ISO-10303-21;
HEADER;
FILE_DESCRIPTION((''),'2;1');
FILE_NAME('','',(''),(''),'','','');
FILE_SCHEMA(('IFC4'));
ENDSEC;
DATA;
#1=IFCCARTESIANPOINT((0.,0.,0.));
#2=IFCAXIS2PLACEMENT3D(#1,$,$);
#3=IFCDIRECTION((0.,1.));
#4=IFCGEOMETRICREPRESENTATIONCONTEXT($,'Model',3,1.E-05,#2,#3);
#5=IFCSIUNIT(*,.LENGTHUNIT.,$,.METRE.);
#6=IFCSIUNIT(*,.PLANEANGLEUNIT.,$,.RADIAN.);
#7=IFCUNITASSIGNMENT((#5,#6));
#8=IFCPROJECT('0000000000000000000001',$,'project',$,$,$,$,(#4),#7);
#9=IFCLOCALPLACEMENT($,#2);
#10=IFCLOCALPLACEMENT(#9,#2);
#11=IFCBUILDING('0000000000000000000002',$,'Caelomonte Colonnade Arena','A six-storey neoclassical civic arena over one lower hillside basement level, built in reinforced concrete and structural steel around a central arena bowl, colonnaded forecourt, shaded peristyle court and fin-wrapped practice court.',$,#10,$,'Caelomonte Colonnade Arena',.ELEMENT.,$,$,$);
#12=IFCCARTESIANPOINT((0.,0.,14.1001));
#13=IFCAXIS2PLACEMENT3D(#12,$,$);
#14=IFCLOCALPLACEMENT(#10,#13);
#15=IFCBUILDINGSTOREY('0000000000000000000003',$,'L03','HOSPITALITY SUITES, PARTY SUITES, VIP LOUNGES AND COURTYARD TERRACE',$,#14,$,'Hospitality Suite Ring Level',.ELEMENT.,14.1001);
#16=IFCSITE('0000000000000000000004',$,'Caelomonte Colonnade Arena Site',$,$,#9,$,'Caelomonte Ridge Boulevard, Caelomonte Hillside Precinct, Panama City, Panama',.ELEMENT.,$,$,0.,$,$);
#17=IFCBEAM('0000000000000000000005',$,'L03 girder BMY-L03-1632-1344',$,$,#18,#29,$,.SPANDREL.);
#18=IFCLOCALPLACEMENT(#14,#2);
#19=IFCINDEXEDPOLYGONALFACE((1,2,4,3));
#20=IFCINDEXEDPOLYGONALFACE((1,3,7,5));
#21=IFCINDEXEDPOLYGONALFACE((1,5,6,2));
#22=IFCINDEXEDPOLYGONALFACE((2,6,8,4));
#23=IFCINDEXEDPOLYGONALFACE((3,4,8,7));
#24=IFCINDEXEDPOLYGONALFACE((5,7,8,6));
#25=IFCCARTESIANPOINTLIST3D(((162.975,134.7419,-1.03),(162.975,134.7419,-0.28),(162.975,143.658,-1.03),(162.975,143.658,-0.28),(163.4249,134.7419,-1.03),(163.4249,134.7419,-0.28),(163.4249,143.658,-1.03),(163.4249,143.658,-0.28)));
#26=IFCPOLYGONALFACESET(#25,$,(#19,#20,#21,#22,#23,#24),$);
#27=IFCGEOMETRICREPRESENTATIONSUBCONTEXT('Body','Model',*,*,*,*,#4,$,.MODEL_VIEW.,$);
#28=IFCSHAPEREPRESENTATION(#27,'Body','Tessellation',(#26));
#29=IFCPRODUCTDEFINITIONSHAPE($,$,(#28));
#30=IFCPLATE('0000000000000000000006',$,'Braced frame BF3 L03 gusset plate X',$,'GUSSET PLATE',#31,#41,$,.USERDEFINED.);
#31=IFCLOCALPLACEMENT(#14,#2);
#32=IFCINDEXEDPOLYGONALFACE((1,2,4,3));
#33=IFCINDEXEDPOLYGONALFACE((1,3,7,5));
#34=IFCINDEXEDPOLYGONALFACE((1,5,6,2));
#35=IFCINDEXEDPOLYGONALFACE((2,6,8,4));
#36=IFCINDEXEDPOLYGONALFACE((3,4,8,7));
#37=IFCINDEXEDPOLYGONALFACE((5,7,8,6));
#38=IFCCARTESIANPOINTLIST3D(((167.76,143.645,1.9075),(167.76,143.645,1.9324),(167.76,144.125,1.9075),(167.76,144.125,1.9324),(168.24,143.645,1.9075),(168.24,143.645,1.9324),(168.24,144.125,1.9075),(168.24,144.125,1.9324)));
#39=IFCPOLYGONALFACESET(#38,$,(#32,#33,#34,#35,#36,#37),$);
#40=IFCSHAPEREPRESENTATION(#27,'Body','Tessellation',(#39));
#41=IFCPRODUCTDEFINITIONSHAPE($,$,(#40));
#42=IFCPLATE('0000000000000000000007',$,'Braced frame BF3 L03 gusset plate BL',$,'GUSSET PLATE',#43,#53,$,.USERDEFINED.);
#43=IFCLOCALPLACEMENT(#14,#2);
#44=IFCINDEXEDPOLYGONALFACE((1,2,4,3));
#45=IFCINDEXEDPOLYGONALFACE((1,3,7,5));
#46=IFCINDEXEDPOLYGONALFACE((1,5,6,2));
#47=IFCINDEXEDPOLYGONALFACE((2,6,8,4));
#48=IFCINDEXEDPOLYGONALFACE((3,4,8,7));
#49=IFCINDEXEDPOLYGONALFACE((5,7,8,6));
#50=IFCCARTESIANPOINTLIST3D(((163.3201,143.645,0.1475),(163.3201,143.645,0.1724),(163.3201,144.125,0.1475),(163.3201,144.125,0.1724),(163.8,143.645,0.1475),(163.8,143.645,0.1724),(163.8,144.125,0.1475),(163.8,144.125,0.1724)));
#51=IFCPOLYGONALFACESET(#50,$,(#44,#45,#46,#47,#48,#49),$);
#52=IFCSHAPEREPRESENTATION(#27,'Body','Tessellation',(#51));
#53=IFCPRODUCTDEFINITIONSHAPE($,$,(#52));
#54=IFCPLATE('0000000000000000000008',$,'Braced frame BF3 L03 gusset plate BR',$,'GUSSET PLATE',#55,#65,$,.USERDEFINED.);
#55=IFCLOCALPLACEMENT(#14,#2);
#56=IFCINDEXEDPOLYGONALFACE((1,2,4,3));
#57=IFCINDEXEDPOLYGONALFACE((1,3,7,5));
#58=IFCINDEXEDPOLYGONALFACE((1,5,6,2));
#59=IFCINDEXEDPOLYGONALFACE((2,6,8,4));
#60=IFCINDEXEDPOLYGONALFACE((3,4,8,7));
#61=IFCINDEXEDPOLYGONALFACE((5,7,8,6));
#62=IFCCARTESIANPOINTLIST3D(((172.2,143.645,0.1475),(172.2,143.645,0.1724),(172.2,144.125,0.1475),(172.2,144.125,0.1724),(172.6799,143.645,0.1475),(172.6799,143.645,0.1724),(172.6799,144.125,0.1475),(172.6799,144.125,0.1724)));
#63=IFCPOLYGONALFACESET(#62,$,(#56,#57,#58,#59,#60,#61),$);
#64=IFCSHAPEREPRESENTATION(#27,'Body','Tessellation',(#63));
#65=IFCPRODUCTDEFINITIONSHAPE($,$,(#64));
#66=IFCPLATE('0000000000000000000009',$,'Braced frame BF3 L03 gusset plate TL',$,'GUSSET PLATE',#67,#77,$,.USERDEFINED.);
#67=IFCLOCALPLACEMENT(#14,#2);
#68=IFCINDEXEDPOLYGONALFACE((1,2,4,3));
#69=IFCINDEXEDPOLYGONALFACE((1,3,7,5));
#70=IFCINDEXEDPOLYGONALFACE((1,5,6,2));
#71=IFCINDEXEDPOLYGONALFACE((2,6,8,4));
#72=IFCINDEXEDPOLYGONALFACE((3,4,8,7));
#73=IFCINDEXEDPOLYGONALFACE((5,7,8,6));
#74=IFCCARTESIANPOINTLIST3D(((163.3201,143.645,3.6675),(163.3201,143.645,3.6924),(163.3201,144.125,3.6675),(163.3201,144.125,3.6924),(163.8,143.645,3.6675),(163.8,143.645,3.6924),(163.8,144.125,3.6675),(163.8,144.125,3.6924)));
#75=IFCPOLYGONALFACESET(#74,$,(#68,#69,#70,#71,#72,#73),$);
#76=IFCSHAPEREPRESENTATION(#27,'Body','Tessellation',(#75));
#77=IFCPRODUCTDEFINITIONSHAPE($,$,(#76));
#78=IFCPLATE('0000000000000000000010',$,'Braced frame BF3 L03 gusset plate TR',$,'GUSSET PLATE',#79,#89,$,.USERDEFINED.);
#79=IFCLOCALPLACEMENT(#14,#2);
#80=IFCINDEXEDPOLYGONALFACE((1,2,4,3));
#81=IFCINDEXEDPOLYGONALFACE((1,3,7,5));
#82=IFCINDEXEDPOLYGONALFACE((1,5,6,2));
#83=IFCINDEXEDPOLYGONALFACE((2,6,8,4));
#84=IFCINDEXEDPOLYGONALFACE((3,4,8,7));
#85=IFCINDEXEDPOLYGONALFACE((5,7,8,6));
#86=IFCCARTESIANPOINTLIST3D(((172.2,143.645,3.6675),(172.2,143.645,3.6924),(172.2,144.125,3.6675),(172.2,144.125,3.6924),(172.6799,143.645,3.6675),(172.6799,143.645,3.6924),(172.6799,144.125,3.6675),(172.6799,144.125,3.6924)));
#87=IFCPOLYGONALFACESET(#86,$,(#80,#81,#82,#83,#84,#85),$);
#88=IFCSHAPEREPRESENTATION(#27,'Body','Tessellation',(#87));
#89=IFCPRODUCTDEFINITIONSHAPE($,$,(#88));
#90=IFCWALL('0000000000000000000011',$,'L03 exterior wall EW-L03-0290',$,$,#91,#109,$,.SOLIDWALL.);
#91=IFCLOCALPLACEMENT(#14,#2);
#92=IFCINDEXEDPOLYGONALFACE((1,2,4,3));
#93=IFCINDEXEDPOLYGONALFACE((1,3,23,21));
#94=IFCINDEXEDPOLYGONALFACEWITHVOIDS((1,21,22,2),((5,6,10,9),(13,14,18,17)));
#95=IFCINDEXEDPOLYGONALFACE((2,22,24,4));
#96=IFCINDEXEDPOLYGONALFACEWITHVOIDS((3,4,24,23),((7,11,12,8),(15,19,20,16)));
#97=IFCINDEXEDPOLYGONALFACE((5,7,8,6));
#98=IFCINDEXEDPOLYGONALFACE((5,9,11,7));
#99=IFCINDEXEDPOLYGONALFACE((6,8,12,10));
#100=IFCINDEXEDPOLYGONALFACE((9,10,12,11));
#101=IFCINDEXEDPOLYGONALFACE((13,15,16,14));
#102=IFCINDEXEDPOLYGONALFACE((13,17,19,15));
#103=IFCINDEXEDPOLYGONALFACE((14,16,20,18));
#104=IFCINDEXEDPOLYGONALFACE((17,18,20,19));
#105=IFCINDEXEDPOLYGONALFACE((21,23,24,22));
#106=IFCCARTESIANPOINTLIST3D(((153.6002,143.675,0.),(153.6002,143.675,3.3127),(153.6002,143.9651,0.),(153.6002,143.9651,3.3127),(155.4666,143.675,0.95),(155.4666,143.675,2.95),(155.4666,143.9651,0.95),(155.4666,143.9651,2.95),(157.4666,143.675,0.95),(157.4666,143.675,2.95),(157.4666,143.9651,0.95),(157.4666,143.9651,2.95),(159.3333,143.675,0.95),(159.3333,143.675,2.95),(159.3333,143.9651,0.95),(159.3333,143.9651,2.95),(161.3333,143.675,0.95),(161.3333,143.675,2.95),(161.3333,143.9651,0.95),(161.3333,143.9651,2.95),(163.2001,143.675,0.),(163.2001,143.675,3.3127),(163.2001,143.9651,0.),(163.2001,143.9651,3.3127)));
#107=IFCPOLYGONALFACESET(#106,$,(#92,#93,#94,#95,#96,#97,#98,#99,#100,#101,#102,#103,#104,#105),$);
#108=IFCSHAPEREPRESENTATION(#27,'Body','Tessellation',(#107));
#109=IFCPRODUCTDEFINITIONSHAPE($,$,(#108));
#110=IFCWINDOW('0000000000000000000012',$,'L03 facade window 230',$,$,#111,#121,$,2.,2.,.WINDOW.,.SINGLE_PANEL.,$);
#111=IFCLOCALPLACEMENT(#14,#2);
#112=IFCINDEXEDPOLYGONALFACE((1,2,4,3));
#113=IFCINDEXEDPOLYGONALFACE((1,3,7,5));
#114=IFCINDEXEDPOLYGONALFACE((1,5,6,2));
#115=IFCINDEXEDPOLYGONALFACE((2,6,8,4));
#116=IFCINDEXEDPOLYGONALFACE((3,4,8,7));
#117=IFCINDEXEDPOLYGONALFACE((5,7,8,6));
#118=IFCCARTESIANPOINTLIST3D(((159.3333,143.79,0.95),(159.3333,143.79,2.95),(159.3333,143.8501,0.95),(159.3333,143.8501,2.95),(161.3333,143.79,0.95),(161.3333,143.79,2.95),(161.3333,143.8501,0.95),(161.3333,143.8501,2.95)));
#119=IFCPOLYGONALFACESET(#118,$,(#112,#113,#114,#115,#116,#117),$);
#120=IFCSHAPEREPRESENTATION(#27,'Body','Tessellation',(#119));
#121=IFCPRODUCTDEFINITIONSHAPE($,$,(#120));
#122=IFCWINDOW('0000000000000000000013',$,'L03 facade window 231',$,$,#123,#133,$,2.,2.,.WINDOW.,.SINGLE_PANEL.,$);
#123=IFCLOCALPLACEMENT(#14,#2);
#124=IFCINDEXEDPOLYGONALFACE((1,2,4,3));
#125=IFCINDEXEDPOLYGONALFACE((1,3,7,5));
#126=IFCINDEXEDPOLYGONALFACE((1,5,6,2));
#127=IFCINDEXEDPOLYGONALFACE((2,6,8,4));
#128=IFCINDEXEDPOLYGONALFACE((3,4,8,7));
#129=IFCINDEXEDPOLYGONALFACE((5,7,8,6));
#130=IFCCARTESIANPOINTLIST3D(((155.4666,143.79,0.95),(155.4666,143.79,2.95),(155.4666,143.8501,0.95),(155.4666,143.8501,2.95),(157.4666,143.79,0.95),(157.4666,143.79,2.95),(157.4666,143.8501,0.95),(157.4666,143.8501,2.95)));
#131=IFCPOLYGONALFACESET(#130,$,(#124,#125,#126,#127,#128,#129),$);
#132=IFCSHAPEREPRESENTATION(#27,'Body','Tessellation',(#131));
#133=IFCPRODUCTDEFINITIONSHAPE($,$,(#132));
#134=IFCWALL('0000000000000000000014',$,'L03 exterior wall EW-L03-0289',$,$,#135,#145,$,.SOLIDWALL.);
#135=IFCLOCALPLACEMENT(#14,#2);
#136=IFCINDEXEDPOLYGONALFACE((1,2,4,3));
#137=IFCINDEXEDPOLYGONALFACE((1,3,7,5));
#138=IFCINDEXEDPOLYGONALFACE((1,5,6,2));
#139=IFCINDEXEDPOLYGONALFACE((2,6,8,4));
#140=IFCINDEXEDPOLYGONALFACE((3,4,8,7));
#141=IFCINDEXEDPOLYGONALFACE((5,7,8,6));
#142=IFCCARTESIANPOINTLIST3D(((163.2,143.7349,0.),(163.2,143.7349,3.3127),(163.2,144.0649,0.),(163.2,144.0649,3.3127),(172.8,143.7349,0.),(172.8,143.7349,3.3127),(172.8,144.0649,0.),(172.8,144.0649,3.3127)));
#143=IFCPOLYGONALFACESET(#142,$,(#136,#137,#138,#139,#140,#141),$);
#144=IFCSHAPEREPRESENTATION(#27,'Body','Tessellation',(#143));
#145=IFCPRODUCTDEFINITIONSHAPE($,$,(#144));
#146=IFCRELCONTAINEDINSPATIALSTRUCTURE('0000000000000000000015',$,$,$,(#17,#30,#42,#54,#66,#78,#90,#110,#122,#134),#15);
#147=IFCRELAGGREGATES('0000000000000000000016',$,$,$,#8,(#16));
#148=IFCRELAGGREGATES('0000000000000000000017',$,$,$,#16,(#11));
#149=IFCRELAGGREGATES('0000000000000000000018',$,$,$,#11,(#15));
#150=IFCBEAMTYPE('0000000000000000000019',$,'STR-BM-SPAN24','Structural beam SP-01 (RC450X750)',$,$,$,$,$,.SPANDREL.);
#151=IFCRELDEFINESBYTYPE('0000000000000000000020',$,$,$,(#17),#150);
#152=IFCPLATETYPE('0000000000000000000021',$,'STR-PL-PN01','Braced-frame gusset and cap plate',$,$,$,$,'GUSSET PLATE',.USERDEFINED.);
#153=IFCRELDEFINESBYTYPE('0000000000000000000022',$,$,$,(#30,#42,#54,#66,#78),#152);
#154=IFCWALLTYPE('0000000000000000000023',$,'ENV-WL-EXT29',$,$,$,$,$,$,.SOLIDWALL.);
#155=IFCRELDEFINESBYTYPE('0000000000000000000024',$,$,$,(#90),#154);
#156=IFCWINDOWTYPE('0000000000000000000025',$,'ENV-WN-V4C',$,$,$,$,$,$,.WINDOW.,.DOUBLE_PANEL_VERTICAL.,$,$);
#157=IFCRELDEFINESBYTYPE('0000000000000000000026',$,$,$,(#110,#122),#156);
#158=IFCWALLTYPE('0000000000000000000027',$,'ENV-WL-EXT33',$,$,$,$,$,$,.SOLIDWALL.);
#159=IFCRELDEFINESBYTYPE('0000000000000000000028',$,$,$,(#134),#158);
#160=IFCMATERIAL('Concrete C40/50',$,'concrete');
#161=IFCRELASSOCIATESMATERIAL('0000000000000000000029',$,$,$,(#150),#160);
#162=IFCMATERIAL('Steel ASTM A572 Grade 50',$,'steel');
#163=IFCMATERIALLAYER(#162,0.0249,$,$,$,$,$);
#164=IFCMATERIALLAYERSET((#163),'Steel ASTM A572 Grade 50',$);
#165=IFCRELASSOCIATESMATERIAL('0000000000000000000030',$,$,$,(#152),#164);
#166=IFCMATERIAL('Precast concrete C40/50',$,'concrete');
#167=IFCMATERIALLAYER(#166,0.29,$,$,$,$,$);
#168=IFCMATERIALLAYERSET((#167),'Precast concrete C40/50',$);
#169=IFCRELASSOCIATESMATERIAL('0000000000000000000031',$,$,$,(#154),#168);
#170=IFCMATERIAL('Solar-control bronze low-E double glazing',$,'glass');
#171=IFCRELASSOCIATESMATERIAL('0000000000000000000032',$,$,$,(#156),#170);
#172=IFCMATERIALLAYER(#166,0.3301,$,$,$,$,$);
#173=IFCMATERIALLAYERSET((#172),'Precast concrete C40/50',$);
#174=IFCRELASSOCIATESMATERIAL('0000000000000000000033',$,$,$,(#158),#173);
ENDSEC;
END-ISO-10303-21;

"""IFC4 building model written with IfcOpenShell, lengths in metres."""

from ifc_helpers import new_model, si_unit, direction, frame, frame_2d, origin, origin_2d, place, context, subcontext, project, spatial, rectangle, extrude, material, layer, layer_set, material_profile, profile_set, type_object, element, fill, save


model = new_model("IFC4")

# Units and contexts
model_context = context("Model", 3, precision=1e-05, world=origin(), true_north=direction((0.0, 1.0)))
body_context = subcontext(model_context, "Body", "Model", "MODEL_VIEW")
ifc_project = project(units=[si_unit("LENGTHUNIT", "METRE"), si_unit("PLANEANGLEUNIT", "RADIAN")], contexts=[model_context])

# Site, building, storey
site_placement = place(None, origin())
site = spatial("IfcSite", under=ifc_project, at=site_placement, Name="Caelomonte Colonnade Arena Site", LongName="Caelomonte Ridge Boulevard, Caelomonte Hillside Precinct, Panama City, Panama", CompositionType="ELEMENT", RefElevation=0.0)
building_placement = place(site_placement, origin())
building = spatial("IfcBuilding", under=site, at=building_placement, Name="Caelomonte Colonnade Arena", Description="A six-storey neoclassical civic arena over one lower hillside basement level, built in reinforced concrete and structural steel around a central arena bowl, colonnaded forecourt, shaded peristyle court and fin-wrapped practice court.", LongName="Caelomonte Colonnade Arena", CompositionType="ELEMENT")
storey_placement = place(building_placement, frame((0.0, 0.0, 14.1001)))
storey = spatial("IfcBuildingStorey", under=building, at=storey_placement, Name="L03", Description="HOSPITALITY SUITES, PARTY SUITES, VIP LOUNGES AND COURTYARD TERRACE", LongName="Hospitality Suite Ring Level", CompositionType="ELEMENT", Elevation=14.1001)

# Shared definitions
ifc_material_1 = material(Name="Concrete C40/50", Category="concrete")

# Beam
ifc_material_profile_1 = material_profile(ifc_material_1, rectangle(XDim=0.45, YDim=0.75, at=origin_2d()), Name="RC450X750")
ifc_profile_set_1 = profile_set([ifc_material_profile_1], Name="Concrete C40/50")
beam_type_1 = type_object("IfcBeamType", Name="STR-BM-SPAN24", Description="Structural beam SP-01 (RC450X750)", PredefinedType="SPANDREL", material=ifc_profile_set_1)
beam_1_placement = place(storey_placement, frame((163.2, 134.7419, -0.655), z_axis=(0.0, 1.0, 0.0), x_axis=(-1.0, 0.0, 0.0)))
element("IfcBeam", 1, at=beam_1_placement, inside=storey, type_object=beam_type_1, Name="L03 girder BMY-L03-1632-1344", PredefinedType="SPANDREL", context=body_context, shape_type="SweptSolid", body=[
    extrude(rectangle(XDim=0.45, YDim=0.75, at=origin_2d()), origin(), (0.0, 0.0, 1.0), 8.916),
])

# Plates
ifc_material_2 = material(Name="Steel ASTM A572 Grade 50", Category="steel")
ifc_layer_1 = layer(ifc_material_2, 0.0249)
ifc_layer_set_1 = layer_set([ifc_layer_1], Name="Steel ASTM A572 Grade 50")
plate_type = type_object("IfcPlateType", Name="STR-PL-PN01", Description="Braced-frame gusset and cap plate", ElementType="GUSSET PLATE", PredefinedType="USERDEFINED", material=ifc_layer_set_1)
for number, where, z_axis, x_axis, name in (
    (2, (168.0, 143.885, 1.9075), (0.0, 0.0, 1.0), (1.0, 0.0, 0.0), "Braced frame BF3 L03 gusset plate X"),
    (3, (163.5601, 143.885, 0.1475), (0.0, 0.0, 1.0), (1.0, 0.0, 0.0), "Braced frame BF3 L03 gusset plate BL"),
    (4, (172.4399, 143.885, 0.1475), (0.0, 0.0, 1.0), (1.0, 0.0, 0.0), "Braced frame BF3 L03 gusset plate BR"),
    (5, (163.5601, 143.885, 3.6675), (0.0, 0.0, 1.0), (1.0, 0.0, 0.0), "Braced frame BF3 L03 gusset plate TL"),
    (6, (172.4399, 143.885, 3.6675), (0.0, 0.0, 1.0), (1.0, 0.0, 0.0), "Braced frame BF3 L03 gusset plate TR"),
):
    element("IfcPlate", number, at=place(storey_placement, frame(where, z_axis=z_axis, x_axis=x_axis)), inside=storey, type_object=plate_type, Name=name, ObjectType="GUSSET PLATE", PredefinedType="USERDEFINED", context=body_context, shape_type="SweptSolid", body=[
        extrude(rectangle(XDim=0.48, YDim=0.48, at=origin_2d()), origin(), (0.0, 0.0, 1.0), 0.0249),
    ])

# Wall, openings, windows
ifc_material_3 = material(Name="Precast concrete C40/50", Category="concrete")
ifc_layer_2 = layer(ifc_material_3, 0.29)
ifc_layer_set_2 = layer_set([ifc_layer_2], Name="Precast concrete C40/50")
wall_type_1 = type_object("IfcWallType", Name="ENV-WL-EXT29", PredefinedType="SOLIDWALL", material=ifc_layer_set_2)
wall_1_placement = place(storey_placement, frame((163.2, 143.8201, 0.0), z_axis=(0.0, 0.0, 1.0), x_axis=(-1.0, 0.0, 0.0)))
wall_1 = element("IfcWall", 7, at=wall_1_placement, inside=storey, type_object=wall_type_1, Name="L03 exterior wall EW-L03-0290", PredefinedType="SOLIDWALL", context=body_context, shape_type="SweptSolid", body=[
    extrude(rectangle(XDim=9.5999, YDim=0.29, at=frame_2d((4.7998, 0.0))), origin(), (0.0, 0.0, 1.0), 3.3127),
])
opening_1_placement = place(wall_1_placement, frame((3.8667, 0.0, 0.95), z_axis=(0.0, 0.0, 1.0), x_axis=(-1.0, 0.0, 0.0)))
opening_1 = element("IfcOpeningElement", 8, at=opening_1_placement, cuts=wall_1, PredefinedType="OPENING", context=body_context, shape_type="SweptSolid", body=[
    extrude(rectangle(XDim=2.0, YDim=2.0, at=frame_2d((1.0, 1.0))), frame((0.0, 0.155, 0.0), z_axis=(0.0, -1.0, 0.0), x_axis=(1.0, 0.0, 0.0)), (0.0, 0.0, 1.0), 0.3101),
])
opening_2_placement = place(wall_1_placement, frame((7.7334, 0.0, 0.95), z_axis=(0.0, 0.0, 1.0), x_axis=(-1.0, 0.0, 0.0)))
opening_2 = element("IfcOpeningElement", 9, at=opening_2_placement, cuts=wall_1, PredefinedType="OPENING", context=body_context, shape_type="SweptSolid", body=[
    extrude(rectangle(XDim=2.0, YDim=2.0, at=frame_2d((1.0, 1.0))), frame((0.0, 0.155, 0.0), z_axis=(0.0, -1.0, 0.0), x_axis=(1.0, 0.0, 0.0)), (0.0, 0.0, 1.0), 0.3101),
])
ifc_material_4 = material(Name="Solar-control bronze low-E double glazing", Category="glass")
window_type = type_object("IfcWindowType", Name="ENV-WN-V4C", PartitioningType="DOUBLE_PANEL_VERTICAL", PredefinedType="WINDOW", material=ifc_material_4)
window_1_placement = place(opening_1_placement, origin())
window_1 = element("IfcWindow", 10, at=window_1_placement, inside=storey, type_object=window_type, Name="L03 facade window 230", OverallHeight=2.0, OverallWidth=2.0, PartitioningType="SINGLE_PANEL", PredefinedType="WINDOW", context=body_context, shape_type="SweptSolid", body=[
    extrude(rectangle(XDim=2.0, YDim=2.0, at=frame_2d((1.0, 1.0))), frame((0.0, 0.03, 0.0), z_axis=(0.0, -1.0, 0.0), x_axis=(1.0, 0.0, 0.0)), (0.0, 0.0, 1.0), 0.0601),
])
fill(opening_1, window_1)
window_2_placement = place(opening_2_placement, origin())
window_2 = element("IfcWindow", 11, at=window_2_placement, inside=storey, type_object=window_type, Name="L03 facade window 231", OverallHeight=2.0, OverallWidth=2.0, PartitioningType="SINGLE_PANEL", PredefinedType="WINDOW", context=body_context, shape_type="SweptSolid", body=[
    extrude(rectangle(XDim=2.0, YDim=2.0, at=frame_2d((1.0, 1.0))), frame((0.0, 0.03, 0.0), z_axis=(0.0, -1.0, 0.0), x_axis=(1.0, 0.0, 0.0)), (0.0, 0.0, 1.0), 0.0601),
])
fill(opening_2, window_2)

# Wall
ifc_layer_3 = layer(ifc_material_3, 0.3301)
ifc_layer_set_3 = layer_set([ifc_layer_3], Name="Precast concrete C40/50")
wall_type_2 = type_object("IfcWallType", Name="ENV-WL-EXT33", PredefinedType="SOLIDWALL", material=ifc_layer_set_3)
wall_2_placement = place(storey_placement, frame((172.8, 143.8999, 0.0), z_axis=(0.0, 0.0, 1.0), x_axis=(-1.0, 0.0, 0.0)))
element("IfcWall", 12, at=wall_2_placement, inside=storey, type_object=wall_type_2, Name="L03 exterior wall EW-L03-0289", PredefinedType="SOLIDWALL", context=body_context, shape_type="SweptSolid", body=[
    extrude(rectangle(XDim=9.6001, YDim=0.3301, at=frame_2d((4.8, 0.0))), origin(), (0.0, 0.0, 1.0), 3.3127),
])

save(model, "model.ifc")
